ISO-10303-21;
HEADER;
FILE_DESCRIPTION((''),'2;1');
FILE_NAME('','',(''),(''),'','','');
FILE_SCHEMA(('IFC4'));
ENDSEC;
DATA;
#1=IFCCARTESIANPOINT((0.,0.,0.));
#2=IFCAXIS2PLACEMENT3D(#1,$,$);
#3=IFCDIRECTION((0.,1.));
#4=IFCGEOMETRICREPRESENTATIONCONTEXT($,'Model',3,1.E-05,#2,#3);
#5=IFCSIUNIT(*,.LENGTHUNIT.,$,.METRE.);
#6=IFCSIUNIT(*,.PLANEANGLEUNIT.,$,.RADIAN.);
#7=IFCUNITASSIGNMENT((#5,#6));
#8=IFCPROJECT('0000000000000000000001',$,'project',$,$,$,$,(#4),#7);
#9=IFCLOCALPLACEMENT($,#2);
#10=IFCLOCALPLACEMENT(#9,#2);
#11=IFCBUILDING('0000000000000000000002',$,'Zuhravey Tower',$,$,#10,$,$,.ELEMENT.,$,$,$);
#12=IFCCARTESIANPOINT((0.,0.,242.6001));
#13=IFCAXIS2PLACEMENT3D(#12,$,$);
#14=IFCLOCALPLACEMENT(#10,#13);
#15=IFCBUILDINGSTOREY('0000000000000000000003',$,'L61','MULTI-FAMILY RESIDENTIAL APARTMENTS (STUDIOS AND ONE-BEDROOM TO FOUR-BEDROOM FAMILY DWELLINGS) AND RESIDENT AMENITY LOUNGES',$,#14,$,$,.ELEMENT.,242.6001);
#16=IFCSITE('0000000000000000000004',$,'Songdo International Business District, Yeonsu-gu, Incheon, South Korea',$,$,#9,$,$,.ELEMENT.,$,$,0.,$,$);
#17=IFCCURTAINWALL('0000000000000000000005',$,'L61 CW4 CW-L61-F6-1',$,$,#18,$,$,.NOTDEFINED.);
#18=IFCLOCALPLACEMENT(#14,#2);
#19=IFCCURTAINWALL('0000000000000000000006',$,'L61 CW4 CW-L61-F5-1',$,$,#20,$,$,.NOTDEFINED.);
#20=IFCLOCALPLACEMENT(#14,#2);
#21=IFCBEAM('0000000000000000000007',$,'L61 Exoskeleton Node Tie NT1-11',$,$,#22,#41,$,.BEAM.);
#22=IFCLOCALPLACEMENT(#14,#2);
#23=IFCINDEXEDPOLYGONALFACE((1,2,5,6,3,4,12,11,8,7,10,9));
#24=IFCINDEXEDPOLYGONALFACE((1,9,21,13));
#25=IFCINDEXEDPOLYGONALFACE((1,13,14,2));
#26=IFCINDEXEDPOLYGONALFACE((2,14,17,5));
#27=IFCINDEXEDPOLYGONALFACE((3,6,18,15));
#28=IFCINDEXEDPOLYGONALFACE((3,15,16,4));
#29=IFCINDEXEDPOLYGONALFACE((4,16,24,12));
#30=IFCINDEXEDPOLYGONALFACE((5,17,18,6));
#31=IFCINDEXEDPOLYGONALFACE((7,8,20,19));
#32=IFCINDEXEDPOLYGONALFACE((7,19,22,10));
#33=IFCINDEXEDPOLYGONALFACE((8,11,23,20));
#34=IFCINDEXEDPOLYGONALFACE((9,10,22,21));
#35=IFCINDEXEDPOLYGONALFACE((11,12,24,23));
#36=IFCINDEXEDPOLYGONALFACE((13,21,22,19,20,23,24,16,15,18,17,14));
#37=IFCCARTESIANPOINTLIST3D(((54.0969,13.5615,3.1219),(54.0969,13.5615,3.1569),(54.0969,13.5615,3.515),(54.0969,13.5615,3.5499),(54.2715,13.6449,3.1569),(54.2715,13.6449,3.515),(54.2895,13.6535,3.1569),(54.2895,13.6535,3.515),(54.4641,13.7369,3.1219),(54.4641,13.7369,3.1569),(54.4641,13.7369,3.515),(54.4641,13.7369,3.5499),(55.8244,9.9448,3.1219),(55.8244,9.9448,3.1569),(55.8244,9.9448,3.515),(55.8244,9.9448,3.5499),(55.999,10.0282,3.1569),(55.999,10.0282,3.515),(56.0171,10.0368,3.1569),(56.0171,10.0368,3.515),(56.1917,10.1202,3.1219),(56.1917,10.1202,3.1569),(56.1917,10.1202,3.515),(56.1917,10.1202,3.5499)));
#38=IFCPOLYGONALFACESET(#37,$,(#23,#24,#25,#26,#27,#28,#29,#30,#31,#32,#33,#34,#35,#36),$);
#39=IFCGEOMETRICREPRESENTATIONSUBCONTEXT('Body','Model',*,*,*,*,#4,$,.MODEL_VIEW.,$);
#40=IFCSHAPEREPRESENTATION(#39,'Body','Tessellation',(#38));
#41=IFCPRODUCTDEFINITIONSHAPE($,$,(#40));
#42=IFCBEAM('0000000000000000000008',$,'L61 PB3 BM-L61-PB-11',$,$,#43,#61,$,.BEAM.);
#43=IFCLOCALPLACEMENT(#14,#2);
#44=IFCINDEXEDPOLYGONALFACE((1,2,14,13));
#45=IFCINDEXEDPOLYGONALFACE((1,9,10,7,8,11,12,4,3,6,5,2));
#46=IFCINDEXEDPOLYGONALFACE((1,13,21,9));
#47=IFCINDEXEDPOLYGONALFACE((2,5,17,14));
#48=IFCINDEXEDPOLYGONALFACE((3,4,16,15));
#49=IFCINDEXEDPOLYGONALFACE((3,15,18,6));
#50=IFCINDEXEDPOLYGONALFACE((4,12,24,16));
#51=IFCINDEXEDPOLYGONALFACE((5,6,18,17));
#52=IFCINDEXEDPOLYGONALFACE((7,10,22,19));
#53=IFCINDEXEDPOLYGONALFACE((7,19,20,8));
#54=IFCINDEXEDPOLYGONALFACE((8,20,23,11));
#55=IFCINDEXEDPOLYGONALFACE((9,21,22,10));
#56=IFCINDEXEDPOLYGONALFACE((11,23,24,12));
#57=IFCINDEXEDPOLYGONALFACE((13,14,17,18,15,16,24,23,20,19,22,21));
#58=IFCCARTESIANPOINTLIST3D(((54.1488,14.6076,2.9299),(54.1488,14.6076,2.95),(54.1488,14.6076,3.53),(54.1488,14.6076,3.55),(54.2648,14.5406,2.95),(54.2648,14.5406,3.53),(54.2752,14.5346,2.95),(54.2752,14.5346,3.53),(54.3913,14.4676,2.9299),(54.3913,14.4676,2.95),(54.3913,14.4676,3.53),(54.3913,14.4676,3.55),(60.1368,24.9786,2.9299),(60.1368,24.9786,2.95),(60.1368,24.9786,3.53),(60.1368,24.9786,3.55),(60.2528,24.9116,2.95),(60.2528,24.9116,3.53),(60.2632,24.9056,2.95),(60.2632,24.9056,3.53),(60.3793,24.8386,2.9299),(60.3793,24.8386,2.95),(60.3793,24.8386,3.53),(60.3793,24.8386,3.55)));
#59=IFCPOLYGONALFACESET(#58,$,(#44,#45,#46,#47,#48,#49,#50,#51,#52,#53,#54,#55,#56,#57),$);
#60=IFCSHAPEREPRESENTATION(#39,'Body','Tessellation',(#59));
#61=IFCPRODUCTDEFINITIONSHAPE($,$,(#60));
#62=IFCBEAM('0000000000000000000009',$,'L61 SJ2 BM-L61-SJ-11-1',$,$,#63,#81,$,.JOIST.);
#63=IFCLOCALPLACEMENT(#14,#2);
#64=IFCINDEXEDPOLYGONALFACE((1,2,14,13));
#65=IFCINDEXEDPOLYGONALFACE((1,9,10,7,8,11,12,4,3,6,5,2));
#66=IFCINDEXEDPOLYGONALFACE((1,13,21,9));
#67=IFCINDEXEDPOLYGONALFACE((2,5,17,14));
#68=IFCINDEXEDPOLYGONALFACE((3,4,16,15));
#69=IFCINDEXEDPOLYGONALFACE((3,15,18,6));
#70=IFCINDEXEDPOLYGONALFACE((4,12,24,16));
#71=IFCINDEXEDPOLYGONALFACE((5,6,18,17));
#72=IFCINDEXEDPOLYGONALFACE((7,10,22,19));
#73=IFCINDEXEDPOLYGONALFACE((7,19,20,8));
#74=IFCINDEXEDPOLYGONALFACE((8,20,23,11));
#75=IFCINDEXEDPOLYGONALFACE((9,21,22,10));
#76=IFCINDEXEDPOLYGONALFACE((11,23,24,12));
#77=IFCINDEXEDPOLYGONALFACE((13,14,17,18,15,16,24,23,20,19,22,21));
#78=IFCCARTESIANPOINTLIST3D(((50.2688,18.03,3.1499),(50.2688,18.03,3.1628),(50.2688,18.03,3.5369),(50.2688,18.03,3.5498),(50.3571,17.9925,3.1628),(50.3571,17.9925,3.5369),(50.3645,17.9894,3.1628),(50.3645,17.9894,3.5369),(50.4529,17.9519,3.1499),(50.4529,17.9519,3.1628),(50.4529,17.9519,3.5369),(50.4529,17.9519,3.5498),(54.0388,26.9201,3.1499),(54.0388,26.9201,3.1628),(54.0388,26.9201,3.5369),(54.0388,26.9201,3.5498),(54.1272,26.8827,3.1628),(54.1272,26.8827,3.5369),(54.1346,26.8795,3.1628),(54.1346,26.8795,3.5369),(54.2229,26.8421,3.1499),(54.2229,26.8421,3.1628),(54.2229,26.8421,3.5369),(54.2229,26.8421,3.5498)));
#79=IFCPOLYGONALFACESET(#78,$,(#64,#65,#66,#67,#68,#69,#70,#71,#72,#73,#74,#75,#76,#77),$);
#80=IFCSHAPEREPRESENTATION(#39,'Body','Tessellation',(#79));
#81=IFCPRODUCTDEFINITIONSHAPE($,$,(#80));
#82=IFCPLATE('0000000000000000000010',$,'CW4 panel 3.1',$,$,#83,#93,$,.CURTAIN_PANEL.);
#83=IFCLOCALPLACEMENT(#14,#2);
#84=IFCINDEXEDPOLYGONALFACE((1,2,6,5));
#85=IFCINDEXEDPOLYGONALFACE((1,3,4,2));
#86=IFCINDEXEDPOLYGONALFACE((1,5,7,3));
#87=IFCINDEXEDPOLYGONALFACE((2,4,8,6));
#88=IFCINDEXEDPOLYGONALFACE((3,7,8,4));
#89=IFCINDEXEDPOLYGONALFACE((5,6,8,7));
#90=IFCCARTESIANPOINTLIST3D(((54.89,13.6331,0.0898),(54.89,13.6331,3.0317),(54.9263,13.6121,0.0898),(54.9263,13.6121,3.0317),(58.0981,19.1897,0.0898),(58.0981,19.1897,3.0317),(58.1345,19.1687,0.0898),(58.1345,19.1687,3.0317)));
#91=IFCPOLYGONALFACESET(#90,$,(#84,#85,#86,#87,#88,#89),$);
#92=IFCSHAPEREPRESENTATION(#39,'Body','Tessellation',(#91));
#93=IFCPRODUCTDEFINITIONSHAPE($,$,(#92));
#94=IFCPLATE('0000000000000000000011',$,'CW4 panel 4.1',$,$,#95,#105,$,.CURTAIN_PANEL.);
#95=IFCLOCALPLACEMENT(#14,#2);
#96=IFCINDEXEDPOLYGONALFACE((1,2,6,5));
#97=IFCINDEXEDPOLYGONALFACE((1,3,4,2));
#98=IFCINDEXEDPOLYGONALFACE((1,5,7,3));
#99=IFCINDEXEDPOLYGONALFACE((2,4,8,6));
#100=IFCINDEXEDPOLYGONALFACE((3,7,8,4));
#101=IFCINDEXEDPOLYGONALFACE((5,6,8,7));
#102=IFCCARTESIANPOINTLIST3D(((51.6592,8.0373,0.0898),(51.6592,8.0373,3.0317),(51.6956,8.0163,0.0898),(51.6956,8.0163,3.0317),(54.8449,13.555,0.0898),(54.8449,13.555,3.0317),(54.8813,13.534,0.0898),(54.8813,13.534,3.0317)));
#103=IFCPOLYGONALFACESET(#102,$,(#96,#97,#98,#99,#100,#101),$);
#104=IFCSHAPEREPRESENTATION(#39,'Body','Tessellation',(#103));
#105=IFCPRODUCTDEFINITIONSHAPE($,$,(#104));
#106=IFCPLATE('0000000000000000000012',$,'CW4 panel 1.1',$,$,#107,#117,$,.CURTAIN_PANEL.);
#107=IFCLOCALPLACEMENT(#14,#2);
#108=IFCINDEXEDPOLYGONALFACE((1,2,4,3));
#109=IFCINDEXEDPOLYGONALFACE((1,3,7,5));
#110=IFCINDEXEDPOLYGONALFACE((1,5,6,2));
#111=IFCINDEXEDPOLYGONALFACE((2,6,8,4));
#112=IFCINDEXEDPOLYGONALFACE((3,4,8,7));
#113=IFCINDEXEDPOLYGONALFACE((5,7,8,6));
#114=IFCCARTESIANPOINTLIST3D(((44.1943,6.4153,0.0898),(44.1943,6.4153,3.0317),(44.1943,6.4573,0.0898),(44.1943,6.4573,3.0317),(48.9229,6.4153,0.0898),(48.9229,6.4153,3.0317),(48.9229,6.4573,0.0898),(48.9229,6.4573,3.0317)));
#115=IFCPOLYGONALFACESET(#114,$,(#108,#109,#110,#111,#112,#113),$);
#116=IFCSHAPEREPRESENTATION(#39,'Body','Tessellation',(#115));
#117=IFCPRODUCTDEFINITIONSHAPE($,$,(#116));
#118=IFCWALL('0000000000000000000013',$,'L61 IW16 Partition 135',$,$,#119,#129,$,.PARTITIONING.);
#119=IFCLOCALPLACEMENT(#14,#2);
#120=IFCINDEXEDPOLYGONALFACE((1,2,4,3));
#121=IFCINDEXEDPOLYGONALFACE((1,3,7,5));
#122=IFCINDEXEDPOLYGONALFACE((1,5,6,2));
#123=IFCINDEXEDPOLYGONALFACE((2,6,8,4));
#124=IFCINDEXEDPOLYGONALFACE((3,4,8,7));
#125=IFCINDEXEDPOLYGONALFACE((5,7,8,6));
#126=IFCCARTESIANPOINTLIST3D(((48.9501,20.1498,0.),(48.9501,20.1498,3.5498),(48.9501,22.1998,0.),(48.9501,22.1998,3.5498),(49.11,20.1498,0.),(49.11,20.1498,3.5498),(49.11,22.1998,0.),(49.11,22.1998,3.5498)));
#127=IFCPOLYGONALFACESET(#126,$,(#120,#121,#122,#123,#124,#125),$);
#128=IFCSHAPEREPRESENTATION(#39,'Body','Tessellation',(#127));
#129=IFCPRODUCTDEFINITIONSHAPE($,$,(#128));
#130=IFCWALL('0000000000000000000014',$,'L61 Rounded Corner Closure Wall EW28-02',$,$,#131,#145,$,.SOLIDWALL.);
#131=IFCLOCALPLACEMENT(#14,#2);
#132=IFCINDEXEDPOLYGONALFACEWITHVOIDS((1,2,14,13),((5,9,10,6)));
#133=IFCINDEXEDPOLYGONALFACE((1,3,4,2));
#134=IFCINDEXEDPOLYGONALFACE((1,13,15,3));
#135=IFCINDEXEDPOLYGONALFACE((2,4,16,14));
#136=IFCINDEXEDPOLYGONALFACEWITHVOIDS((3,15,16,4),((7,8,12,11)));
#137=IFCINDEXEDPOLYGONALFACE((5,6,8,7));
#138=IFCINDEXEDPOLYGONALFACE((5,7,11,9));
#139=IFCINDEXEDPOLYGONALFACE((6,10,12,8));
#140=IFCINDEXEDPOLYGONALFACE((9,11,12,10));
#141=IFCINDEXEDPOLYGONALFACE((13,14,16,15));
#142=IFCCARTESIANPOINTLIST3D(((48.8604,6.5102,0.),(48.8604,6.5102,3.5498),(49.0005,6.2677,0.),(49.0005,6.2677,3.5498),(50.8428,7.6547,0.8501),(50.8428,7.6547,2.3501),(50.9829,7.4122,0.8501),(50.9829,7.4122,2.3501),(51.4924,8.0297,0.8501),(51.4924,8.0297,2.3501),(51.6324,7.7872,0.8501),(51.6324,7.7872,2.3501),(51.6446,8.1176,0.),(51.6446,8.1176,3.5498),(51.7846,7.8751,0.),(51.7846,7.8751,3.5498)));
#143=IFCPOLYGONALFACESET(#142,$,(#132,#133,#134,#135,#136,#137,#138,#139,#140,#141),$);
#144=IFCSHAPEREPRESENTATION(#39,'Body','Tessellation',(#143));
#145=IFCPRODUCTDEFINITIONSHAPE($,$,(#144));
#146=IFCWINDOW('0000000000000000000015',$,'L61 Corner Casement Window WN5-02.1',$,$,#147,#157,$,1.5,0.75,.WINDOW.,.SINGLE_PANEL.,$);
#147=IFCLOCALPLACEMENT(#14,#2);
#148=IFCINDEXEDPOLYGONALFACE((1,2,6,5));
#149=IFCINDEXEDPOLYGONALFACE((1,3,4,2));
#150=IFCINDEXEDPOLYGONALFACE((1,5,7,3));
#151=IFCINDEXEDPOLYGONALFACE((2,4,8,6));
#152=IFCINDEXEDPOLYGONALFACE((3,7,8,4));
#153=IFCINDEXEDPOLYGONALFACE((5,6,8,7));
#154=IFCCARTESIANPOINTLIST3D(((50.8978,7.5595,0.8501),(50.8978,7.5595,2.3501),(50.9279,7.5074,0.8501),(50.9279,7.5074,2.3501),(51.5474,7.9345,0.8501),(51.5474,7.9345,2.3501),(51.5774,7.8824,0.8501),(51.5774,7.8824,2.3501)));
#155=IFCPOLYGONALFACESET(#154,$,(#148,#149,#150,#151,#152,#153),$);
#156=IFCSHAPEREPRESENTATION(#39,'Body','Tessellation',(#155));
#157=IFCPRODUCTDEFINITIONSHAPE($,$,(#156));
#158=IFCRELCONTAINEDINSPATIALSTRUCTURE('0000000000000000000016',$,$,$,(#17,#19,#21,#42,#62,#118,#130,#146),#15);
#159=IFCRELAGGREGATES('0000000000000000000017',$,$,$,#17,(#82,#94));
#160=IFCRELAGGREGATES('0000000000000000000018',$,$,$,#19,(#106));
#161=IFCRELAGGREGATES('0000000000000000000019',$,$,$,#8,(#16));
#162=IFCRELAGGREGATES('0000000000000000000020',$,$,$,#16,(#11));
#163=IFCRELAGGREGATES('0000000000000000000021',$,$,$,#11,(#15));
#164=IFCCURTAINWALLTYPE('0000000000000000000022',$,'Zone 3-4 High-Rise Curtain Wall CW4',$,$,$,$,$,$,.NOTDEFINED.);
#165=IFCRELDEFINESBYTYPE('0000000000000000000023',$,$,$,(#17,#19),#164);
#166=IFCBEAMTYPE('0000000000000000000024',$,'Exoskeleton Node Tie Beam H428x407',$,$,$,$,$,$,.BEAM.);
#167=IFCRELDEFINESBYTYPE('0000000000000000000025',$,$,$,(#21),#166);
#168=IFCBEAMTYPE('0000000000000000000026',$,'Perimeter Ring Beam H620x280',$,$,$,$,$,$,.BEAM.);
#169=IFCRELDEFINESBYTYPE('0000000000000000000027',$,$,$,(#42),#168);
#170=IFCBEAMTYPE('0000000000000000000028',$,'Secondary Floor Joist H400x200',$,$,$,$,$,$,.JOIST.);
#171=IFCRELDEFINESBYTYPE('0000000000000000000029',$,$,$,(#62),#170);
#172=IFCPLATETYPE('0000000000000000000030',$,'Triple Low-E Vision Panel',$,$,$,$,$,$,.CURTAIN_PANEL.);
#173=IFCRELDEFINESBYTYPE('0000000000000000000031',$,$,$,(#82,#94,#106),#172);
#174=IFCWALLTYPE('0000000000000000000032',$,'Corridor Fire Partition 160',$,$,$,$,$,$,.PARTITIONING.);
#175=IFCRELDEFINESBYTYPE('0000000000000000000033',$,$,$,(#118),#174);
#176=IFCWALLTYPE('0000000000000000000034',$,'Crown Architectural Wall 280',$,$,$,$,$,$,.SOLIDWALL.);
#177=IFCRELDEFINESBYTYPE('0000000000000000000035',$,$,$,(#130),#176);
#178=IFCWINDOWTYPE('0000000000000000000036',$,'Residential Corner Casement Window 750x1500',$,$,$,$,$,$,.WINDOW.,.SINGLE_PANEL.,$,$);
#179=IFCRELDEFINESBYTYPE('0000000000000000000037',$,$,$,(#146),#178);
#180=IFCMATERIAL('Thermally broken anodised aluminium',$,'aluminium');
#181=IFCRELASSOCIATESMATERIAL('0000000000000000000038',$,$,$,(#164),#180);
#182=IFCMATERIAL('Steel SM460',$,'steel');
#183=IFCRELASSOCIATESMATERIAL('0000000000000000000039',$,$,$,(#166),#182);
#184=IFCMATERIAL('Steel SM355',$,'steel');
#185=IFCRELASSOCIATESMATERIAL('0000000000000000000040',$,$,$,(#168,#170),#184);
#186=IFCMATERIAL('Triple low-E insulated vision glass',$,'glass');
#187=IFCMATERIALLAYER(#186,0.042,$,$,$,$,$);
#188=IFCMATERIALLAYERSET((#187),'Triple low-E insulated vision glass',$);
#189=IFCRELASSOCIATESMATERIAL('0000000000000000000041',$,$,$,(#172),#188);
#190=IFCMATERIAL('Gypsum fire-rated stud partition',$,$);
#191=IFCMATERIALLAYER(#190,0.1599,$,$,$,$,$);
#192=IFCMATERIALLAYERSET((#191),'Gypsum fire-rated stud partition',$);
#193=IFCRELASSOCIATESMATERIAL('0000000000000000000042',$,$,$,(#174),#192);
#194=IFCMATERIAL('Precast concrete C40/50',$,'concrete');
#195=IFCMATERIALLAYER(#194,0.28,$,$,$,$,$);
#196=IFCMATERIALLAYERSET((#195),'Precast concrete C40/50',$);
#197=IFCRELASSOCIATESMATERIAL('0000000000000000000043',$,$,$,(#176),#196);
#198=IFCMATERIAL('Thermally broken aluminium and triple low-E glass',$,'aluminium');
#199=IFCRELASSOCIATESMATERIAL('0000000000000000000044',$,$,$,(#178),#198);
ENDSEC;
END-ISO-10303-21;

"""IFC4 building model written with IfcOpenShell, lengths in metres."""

from ifc_helpers import new_model, si_unit, direction, frame, frame_2d, origin, origin_2d, place, context, subcontext, project, spatial, rectangle, i_section, extrude, material, layer, layer_set, material_profile, profile_set, type_object, element, fill, aggregate, save


model = new_model("IFC4")

# Units and contexts
model_context = context("Model", 3, precision=1e-05, world=origin(), true_north=direction((0.0, 1.0)))
body_context = subcontext(model_context, "Body", "Model", "MODEL_VIEW")
ifc_project = project(units=[si_unit("LENGTHUNIT", "METRE"), si_unit("PLANEANGLEUNIT", "RADIAN")], contexts=[model_context])

# Site, building, storey
site_placement = place(None, origin())
site = spatial("IfcSite", under=ifc_project, at=site_placement, Name="Songdo International Business District, Yeonsu-gu, Incheon, South Korea", CompositionType="ELEMENT", RefElevation=0.0)
building_placement = place(site_placement, origin())
building = spatial("IfcBuilding", under=site, at=building_placement, Name="Zuhravey Tower", CompositionType="ELEMENT")
storey_placement = place(building_placement, frame((0.0, 0.0, 242.6001)))
storey = spatial("IfcBuildingStorey", under=building, at=storey_placement, Name="L61", Description="MULTI-FAMILY RESIDENTIAL APARTMENTS (STUDIOS AND ONE-BEDROOM TO FOUR-BEDROOM FAMILY DWELLINGS) AND RESIDENT AMENITY LOUNGES", CompositionType="ELEMENT", Elevation=242.6001)

# Curtain wall
ifc_material_1 = material(Name="Thermally broken anodised aluminium", Category="aluminium")
curtain_wall_type = type_object("IfcCurtainWallType", Name="Zone 3-4 High-Rise Curtain Wall CW4", PredefinedType="NOTDEFINED", material=ifc_material_1)
curtain_wall_1_placement = place(storey_placement, origin())
curtain_wall_1 = element("IfcCurtainWall", 1, at=curtain_wall_1_placement, inside=storey, type_object=curtain_wall_type, Name="L61 CW4 CW-L61-F6-1", PredefinedType="NOTDEFINED")

# Curtain wall
curtain_wall_2_placement = place(storey_placement, origin())
curtain_wall_2 = element("IfcCurtainWall", 2, at=curtain_wall_2_placement, inside=storey, type_object=curtain_wall_type, Name="L61 CW4 CW-L61-F5-1", PredefinedType="NOTDEFINED")

# Beams
ifc_material_2 = material(Name="Steel SM460", Category="steel")
ifc_material_profile_1 = material_profile(ifc_material_2, i_section(OverallWidth=0.407, OverallDepth=0.428, WebThickness=0.02, FlangeThickness=0.0349, at=origin_2d()), Name="H-428x407x20x35")
ifc_profile_set_1 = profile_set([ifc_material_profile_1], Name="Steel SM460")
beam_type_1 = type_object("IfcBeamType", Name="Exoskeleton Node Tie Beam H428x407", PredefinedType="BEAM", material=ifc_profile_set_1)
beam_1_placement = place(storey_placement, frame((54.2805, 13.6492, 3.3359), z_axis=(0.431011, -0.902346, 0.0), x_axis=(0.902346, 0.431011, 0.0)))
element("IfcBeam", 3, at=beam_1_placement, inside=storey, type_object=beam_type_1, Name="L61 Exoskeleton Node Tie NT1-11", PredefinedType="BEAM", context=body_context, shape_type="SweptSolid", body=[
    extrude(i_section(OverallWidth=0.407, OverallDepth=0.428, WebThickness=0.02, FlangeThickness=0.0349, at=origin_2d()), origin(), (0.0, 0.0, 1.0), 4.0081),
])
ifc_material_3 = material(Name="Steel SM355", Category="steel")
ifc_material_profile_2 = material_profile(ifc_material_3, i_section(OverallWidth=0.28, OverallDepth=0.6201, WebThickness=0.012, FlangeThickness=0.02, at=origin_2d()), Name="H-620x280x12x20")
ifc_profile_set_2 = profile_set([ifc_material_profile_2], Name="Steel SM355")
beam_type_2 = type_object("IfcBeamType", Name="Perimeter Ring Beam H620x280", PredefinedType="BEAM", material=ifc_profile_set_2)
beam_2_placement = place(storey_placement, frame((54.27, 14.5376, 3.24), z_axis=(0.500018, 0.866015, 0.0), x_axis=(-0.866015, 0.500018, 0.0)))
element("IfcBeam", 4, at=beam_2_placement, inside=storey, type_object=beam_type_2, Name="L61 PB3 BM-L61-PB-11", PredefinedType="BEAM", context=body_context, shape_type="SweptSolid", body=[
    extrude(i_section(OverallWidth=0.28, OverallDepth=0.6201, WebThickness=0.012, FlangeThickness=0.02, at=origin_2d()), origin(), (0.0, 0.0, 1.0), 11.9756),
])
ifc_material_profile_3 = material_profile(ifc_material_3, i_section(OverallWidth=0.2, OverallDepth=0.3999, WebThickness=0.0081, FlangeThickness=0.0129, at=origin_2d()), Name="H-400x200x8x13")
ifc_profile_set_3 = profile_set([ifc_material_profile_3], Name="Steel SM355")
beam_type_3 = type_object("IfcBeamType", Name="Secondary Floor Joist H400x200", PredefinedType="JOIST", material=ifc_profile_set_3)
beam_3_placement = place(storey_placement, frame((50.3608, 17.991, 3.3499), z_axis=(0.390413, 0.92064, 0.0), x_axis=(-0.92064, 0.390413, 0.0)))
element("IfcBeam", 5, at=beam_3_placement, inside=storey, type_object=beam_type_3, Name="L61 SJ2 BM-L61-SJ-11-1", PredefinedType="JOIST", context=body_context, shape_type="SweptSolid", body=[
    extrude(i_section(OverallWidth=0.2, OverallDepth=0.3999, WebThickness=0.0081, FlangeThickness=0.0129, at=origin_2d()), origin(), (0.0, 0.0, 1.0), 9.6565),
])

# Plates
ifc_material_4 = material(Name="Triple low-E insulated vision glass", Category="glass")
ifc_layer_1 = layer(ifc_material_4, 0.042)
ifc_layer_set_1 = layer_set([ifc_layer_1], Name="Triple low-E insulated vision glass")
plate_type = type_object("IfcPlateType", Name="Triple Low-E Vision Panel", PredefinedType="CURTAIN_PANEL", material=ifc_layer_set_1)
plate_1_placement = place(storey_placement, frame((56.5122, 16.4009, 0.0898), z_axis=(0.0, 0.0, 1.0), x_axis=(-0.500001, -0.866025, 0.0)))
plate_1 = element("IfcPlate", 6, at=plate_1_placement, type_object=plate_type, Name="CW4 panel 3.1", PredefinedType="CURTAIN_PANEL", context=body_context, shape_type="SweptSolid", body=[
    extrude(rectangle(XDim=6.4163, YDim=0.042, at=origin_2d()), origin(), (0.0, 0.0, 1.0), 2.9419),
])
plate_2_placement = place(storey_placement, frame((53.2703, 10.7856, 0.0898), z_axis=(0.0, 0.0, 1.0), x_axis=(-0.500001, -0.866025, 0.0)))
plate_2 = element("IfcPlate", 7, at=plate_2_placement, type_object=plate_type, Name="CW4 panel 4.1", PredefinedType="CURTAIN_PANEL", context=body_context, shape_type="SweptSolid", body=[
    extrude(rectangle(XDim=6.3713, YDim=0.042, at=origin_2d()), origin(), (0.0, 0.0, 1.0), 2.9419),
])
aggregate(curtain_wall_1, [plate_1, plate_2])
plate_3_placement = place(storey_placement, frame((46.5586, 6.4363, 0.0898), z_axis=(0.0, 0.0, 1.0), x_axis=(-1.0, 0.0, 0.0)))
plate_3 = element("IfcPlate", 8, at=plate_3_placement, type_object=plate_type, Name="CW4 panel 1.1", PredefinedType="CURTAIN_PANEL", context=body_context, shape_type="SweptSolid", body=[
    extrude(rectangle(XDim=4.7285, YDim=0.042, at=origin_2d()), origin(), (0.0, 0.0, 1.0), 2.9419),
])
aggregate(curtain_wall_2, [plate_3])

# Wall
ifc_material_5 = material(Name="Gypsum fire-rated stud partition")
ifc_layer_2 = layer(ifc_material_5, 0.1599)
ifc_layer_set_2 = layer_set([ifc_layer_2], Name="Gypsum fire-rated stud partition")
wall_type_1 = type_object("IfcWallType", Name="Corridor Fire Partition 160", PredefinedType="PARTITIONING", material=ifc_layer_set_2)
wall_1_placement = place(storey_placement, frame((49.03, 20.1499, 0.0), z_axis=(0.0, 0.0, 1.0), x_axis=(0.0, 1.0, 0.0)))
element("IfcWall", 9, at=wall_1_placement, inside=storey, type_object=wall_type_1, Name="L61 IW16 Partition 135", PredefinedType="PARTITIONING", context=body_context, shape_type="SweptSolid", body=[
    extrude(rectangle(XDim=2.05, YDim=0.1599, at=frame_2d((1.0249, 0.0))), origin(), (0.0, 0.0, 1.0), 3.5498),
])

# Wall, opening, window
ifc_material_6 = material(Name="Precast concrete C40/50", Category="concrete")
ifc_layer_3 = layer(ifc_material_6, 0.28)
ifc_layer_set_3 = layer_set([ifc_layer_3], Name="Precast concrete C40/50")
wall_type_2 = type_object("IfcWallType", Name="Crown Architectural Wall 280", PredefinedType="SOLIDWALL", material=ifc_layer_set_3)
wall_2_placement = place(storey_placement, frame((51.7146, 7.9963, 0.0), z_axis=(0.0, 0.0, 1.0), x_axis=(-0.866029, -0.499994, 0.0)))
wall_2 = element("IfcWall", 10, at=wall_2_placement, inside=storey, type_object=wall_type_2, Name="L61 Rounded Corner Closure Wall EW28-02", PredefinedType="SOLIDWALL", context=body_context, shape_type="SweptSolid", body=[
    extrude(rectangle(XDim=3.2148, YDim=0.28, at=frame_2d((1.6074, 0.0))), origin(), (0.0, 0.0, 1.0), 3.5498),
])
opening_1_placement = place(wall_2_placement, frame((0.1758, 0.0, 0.8501)))
opening_1 = element("IfcOpeningElement", 11, at=opening_1_placement, cuts=wall_2, PredefinedType="OPENING", context=body_context, shape_type="SweptSolid", body=[
    extrude(rectangle(XDim=0.75, YDim=1.5, at=frame_2d((0.375, 0.75))), frame((0.0, 0.1521, 0.0), z_axis=(0.0, -1.0, 0.0), x_axis=(1.0, 0.0, 0.0)), (0.0, 0.0, 1.0), 0.304),
])
ifc_material_7 = material(Name="Thermally broken aluminium and triple low-E glass", Category="aluminium")
window_type = type_object("IfcWindowType", Name="Residential Corner Casement Window 750x1500", PartitioningType="SINGLE_PANEL", PredefinedType="WINDOW", material=ifc_material_7)
window_placement = place(opening_1_placement, origin())
window = element("IfcWindow", 12, at=window_placement, inside=storey, type_object=window_type, Name="L61 Corner Casement Window WN5-02.1", OverallHeight=1.5, OverallWidth=0.75, PartitioningType="SINGLE_PANEL", PredefinedType="WINDOW", context=body_context, shape_type="SweptSolid", body=[
    extrude(rectangle(XDim=0.75, YDim=1.5, at=frame_2d((0.375, 0.75))), frame((0.0, 0.03, 0.0), z_axis=(0.0, -1.0, 0.0), x_axis=(1.0, 0.0, 0.0)), (0.0, 0.0, 1.0), 0.0601),
])
fill(opening_1, window)

save(model, "model.ifc")
